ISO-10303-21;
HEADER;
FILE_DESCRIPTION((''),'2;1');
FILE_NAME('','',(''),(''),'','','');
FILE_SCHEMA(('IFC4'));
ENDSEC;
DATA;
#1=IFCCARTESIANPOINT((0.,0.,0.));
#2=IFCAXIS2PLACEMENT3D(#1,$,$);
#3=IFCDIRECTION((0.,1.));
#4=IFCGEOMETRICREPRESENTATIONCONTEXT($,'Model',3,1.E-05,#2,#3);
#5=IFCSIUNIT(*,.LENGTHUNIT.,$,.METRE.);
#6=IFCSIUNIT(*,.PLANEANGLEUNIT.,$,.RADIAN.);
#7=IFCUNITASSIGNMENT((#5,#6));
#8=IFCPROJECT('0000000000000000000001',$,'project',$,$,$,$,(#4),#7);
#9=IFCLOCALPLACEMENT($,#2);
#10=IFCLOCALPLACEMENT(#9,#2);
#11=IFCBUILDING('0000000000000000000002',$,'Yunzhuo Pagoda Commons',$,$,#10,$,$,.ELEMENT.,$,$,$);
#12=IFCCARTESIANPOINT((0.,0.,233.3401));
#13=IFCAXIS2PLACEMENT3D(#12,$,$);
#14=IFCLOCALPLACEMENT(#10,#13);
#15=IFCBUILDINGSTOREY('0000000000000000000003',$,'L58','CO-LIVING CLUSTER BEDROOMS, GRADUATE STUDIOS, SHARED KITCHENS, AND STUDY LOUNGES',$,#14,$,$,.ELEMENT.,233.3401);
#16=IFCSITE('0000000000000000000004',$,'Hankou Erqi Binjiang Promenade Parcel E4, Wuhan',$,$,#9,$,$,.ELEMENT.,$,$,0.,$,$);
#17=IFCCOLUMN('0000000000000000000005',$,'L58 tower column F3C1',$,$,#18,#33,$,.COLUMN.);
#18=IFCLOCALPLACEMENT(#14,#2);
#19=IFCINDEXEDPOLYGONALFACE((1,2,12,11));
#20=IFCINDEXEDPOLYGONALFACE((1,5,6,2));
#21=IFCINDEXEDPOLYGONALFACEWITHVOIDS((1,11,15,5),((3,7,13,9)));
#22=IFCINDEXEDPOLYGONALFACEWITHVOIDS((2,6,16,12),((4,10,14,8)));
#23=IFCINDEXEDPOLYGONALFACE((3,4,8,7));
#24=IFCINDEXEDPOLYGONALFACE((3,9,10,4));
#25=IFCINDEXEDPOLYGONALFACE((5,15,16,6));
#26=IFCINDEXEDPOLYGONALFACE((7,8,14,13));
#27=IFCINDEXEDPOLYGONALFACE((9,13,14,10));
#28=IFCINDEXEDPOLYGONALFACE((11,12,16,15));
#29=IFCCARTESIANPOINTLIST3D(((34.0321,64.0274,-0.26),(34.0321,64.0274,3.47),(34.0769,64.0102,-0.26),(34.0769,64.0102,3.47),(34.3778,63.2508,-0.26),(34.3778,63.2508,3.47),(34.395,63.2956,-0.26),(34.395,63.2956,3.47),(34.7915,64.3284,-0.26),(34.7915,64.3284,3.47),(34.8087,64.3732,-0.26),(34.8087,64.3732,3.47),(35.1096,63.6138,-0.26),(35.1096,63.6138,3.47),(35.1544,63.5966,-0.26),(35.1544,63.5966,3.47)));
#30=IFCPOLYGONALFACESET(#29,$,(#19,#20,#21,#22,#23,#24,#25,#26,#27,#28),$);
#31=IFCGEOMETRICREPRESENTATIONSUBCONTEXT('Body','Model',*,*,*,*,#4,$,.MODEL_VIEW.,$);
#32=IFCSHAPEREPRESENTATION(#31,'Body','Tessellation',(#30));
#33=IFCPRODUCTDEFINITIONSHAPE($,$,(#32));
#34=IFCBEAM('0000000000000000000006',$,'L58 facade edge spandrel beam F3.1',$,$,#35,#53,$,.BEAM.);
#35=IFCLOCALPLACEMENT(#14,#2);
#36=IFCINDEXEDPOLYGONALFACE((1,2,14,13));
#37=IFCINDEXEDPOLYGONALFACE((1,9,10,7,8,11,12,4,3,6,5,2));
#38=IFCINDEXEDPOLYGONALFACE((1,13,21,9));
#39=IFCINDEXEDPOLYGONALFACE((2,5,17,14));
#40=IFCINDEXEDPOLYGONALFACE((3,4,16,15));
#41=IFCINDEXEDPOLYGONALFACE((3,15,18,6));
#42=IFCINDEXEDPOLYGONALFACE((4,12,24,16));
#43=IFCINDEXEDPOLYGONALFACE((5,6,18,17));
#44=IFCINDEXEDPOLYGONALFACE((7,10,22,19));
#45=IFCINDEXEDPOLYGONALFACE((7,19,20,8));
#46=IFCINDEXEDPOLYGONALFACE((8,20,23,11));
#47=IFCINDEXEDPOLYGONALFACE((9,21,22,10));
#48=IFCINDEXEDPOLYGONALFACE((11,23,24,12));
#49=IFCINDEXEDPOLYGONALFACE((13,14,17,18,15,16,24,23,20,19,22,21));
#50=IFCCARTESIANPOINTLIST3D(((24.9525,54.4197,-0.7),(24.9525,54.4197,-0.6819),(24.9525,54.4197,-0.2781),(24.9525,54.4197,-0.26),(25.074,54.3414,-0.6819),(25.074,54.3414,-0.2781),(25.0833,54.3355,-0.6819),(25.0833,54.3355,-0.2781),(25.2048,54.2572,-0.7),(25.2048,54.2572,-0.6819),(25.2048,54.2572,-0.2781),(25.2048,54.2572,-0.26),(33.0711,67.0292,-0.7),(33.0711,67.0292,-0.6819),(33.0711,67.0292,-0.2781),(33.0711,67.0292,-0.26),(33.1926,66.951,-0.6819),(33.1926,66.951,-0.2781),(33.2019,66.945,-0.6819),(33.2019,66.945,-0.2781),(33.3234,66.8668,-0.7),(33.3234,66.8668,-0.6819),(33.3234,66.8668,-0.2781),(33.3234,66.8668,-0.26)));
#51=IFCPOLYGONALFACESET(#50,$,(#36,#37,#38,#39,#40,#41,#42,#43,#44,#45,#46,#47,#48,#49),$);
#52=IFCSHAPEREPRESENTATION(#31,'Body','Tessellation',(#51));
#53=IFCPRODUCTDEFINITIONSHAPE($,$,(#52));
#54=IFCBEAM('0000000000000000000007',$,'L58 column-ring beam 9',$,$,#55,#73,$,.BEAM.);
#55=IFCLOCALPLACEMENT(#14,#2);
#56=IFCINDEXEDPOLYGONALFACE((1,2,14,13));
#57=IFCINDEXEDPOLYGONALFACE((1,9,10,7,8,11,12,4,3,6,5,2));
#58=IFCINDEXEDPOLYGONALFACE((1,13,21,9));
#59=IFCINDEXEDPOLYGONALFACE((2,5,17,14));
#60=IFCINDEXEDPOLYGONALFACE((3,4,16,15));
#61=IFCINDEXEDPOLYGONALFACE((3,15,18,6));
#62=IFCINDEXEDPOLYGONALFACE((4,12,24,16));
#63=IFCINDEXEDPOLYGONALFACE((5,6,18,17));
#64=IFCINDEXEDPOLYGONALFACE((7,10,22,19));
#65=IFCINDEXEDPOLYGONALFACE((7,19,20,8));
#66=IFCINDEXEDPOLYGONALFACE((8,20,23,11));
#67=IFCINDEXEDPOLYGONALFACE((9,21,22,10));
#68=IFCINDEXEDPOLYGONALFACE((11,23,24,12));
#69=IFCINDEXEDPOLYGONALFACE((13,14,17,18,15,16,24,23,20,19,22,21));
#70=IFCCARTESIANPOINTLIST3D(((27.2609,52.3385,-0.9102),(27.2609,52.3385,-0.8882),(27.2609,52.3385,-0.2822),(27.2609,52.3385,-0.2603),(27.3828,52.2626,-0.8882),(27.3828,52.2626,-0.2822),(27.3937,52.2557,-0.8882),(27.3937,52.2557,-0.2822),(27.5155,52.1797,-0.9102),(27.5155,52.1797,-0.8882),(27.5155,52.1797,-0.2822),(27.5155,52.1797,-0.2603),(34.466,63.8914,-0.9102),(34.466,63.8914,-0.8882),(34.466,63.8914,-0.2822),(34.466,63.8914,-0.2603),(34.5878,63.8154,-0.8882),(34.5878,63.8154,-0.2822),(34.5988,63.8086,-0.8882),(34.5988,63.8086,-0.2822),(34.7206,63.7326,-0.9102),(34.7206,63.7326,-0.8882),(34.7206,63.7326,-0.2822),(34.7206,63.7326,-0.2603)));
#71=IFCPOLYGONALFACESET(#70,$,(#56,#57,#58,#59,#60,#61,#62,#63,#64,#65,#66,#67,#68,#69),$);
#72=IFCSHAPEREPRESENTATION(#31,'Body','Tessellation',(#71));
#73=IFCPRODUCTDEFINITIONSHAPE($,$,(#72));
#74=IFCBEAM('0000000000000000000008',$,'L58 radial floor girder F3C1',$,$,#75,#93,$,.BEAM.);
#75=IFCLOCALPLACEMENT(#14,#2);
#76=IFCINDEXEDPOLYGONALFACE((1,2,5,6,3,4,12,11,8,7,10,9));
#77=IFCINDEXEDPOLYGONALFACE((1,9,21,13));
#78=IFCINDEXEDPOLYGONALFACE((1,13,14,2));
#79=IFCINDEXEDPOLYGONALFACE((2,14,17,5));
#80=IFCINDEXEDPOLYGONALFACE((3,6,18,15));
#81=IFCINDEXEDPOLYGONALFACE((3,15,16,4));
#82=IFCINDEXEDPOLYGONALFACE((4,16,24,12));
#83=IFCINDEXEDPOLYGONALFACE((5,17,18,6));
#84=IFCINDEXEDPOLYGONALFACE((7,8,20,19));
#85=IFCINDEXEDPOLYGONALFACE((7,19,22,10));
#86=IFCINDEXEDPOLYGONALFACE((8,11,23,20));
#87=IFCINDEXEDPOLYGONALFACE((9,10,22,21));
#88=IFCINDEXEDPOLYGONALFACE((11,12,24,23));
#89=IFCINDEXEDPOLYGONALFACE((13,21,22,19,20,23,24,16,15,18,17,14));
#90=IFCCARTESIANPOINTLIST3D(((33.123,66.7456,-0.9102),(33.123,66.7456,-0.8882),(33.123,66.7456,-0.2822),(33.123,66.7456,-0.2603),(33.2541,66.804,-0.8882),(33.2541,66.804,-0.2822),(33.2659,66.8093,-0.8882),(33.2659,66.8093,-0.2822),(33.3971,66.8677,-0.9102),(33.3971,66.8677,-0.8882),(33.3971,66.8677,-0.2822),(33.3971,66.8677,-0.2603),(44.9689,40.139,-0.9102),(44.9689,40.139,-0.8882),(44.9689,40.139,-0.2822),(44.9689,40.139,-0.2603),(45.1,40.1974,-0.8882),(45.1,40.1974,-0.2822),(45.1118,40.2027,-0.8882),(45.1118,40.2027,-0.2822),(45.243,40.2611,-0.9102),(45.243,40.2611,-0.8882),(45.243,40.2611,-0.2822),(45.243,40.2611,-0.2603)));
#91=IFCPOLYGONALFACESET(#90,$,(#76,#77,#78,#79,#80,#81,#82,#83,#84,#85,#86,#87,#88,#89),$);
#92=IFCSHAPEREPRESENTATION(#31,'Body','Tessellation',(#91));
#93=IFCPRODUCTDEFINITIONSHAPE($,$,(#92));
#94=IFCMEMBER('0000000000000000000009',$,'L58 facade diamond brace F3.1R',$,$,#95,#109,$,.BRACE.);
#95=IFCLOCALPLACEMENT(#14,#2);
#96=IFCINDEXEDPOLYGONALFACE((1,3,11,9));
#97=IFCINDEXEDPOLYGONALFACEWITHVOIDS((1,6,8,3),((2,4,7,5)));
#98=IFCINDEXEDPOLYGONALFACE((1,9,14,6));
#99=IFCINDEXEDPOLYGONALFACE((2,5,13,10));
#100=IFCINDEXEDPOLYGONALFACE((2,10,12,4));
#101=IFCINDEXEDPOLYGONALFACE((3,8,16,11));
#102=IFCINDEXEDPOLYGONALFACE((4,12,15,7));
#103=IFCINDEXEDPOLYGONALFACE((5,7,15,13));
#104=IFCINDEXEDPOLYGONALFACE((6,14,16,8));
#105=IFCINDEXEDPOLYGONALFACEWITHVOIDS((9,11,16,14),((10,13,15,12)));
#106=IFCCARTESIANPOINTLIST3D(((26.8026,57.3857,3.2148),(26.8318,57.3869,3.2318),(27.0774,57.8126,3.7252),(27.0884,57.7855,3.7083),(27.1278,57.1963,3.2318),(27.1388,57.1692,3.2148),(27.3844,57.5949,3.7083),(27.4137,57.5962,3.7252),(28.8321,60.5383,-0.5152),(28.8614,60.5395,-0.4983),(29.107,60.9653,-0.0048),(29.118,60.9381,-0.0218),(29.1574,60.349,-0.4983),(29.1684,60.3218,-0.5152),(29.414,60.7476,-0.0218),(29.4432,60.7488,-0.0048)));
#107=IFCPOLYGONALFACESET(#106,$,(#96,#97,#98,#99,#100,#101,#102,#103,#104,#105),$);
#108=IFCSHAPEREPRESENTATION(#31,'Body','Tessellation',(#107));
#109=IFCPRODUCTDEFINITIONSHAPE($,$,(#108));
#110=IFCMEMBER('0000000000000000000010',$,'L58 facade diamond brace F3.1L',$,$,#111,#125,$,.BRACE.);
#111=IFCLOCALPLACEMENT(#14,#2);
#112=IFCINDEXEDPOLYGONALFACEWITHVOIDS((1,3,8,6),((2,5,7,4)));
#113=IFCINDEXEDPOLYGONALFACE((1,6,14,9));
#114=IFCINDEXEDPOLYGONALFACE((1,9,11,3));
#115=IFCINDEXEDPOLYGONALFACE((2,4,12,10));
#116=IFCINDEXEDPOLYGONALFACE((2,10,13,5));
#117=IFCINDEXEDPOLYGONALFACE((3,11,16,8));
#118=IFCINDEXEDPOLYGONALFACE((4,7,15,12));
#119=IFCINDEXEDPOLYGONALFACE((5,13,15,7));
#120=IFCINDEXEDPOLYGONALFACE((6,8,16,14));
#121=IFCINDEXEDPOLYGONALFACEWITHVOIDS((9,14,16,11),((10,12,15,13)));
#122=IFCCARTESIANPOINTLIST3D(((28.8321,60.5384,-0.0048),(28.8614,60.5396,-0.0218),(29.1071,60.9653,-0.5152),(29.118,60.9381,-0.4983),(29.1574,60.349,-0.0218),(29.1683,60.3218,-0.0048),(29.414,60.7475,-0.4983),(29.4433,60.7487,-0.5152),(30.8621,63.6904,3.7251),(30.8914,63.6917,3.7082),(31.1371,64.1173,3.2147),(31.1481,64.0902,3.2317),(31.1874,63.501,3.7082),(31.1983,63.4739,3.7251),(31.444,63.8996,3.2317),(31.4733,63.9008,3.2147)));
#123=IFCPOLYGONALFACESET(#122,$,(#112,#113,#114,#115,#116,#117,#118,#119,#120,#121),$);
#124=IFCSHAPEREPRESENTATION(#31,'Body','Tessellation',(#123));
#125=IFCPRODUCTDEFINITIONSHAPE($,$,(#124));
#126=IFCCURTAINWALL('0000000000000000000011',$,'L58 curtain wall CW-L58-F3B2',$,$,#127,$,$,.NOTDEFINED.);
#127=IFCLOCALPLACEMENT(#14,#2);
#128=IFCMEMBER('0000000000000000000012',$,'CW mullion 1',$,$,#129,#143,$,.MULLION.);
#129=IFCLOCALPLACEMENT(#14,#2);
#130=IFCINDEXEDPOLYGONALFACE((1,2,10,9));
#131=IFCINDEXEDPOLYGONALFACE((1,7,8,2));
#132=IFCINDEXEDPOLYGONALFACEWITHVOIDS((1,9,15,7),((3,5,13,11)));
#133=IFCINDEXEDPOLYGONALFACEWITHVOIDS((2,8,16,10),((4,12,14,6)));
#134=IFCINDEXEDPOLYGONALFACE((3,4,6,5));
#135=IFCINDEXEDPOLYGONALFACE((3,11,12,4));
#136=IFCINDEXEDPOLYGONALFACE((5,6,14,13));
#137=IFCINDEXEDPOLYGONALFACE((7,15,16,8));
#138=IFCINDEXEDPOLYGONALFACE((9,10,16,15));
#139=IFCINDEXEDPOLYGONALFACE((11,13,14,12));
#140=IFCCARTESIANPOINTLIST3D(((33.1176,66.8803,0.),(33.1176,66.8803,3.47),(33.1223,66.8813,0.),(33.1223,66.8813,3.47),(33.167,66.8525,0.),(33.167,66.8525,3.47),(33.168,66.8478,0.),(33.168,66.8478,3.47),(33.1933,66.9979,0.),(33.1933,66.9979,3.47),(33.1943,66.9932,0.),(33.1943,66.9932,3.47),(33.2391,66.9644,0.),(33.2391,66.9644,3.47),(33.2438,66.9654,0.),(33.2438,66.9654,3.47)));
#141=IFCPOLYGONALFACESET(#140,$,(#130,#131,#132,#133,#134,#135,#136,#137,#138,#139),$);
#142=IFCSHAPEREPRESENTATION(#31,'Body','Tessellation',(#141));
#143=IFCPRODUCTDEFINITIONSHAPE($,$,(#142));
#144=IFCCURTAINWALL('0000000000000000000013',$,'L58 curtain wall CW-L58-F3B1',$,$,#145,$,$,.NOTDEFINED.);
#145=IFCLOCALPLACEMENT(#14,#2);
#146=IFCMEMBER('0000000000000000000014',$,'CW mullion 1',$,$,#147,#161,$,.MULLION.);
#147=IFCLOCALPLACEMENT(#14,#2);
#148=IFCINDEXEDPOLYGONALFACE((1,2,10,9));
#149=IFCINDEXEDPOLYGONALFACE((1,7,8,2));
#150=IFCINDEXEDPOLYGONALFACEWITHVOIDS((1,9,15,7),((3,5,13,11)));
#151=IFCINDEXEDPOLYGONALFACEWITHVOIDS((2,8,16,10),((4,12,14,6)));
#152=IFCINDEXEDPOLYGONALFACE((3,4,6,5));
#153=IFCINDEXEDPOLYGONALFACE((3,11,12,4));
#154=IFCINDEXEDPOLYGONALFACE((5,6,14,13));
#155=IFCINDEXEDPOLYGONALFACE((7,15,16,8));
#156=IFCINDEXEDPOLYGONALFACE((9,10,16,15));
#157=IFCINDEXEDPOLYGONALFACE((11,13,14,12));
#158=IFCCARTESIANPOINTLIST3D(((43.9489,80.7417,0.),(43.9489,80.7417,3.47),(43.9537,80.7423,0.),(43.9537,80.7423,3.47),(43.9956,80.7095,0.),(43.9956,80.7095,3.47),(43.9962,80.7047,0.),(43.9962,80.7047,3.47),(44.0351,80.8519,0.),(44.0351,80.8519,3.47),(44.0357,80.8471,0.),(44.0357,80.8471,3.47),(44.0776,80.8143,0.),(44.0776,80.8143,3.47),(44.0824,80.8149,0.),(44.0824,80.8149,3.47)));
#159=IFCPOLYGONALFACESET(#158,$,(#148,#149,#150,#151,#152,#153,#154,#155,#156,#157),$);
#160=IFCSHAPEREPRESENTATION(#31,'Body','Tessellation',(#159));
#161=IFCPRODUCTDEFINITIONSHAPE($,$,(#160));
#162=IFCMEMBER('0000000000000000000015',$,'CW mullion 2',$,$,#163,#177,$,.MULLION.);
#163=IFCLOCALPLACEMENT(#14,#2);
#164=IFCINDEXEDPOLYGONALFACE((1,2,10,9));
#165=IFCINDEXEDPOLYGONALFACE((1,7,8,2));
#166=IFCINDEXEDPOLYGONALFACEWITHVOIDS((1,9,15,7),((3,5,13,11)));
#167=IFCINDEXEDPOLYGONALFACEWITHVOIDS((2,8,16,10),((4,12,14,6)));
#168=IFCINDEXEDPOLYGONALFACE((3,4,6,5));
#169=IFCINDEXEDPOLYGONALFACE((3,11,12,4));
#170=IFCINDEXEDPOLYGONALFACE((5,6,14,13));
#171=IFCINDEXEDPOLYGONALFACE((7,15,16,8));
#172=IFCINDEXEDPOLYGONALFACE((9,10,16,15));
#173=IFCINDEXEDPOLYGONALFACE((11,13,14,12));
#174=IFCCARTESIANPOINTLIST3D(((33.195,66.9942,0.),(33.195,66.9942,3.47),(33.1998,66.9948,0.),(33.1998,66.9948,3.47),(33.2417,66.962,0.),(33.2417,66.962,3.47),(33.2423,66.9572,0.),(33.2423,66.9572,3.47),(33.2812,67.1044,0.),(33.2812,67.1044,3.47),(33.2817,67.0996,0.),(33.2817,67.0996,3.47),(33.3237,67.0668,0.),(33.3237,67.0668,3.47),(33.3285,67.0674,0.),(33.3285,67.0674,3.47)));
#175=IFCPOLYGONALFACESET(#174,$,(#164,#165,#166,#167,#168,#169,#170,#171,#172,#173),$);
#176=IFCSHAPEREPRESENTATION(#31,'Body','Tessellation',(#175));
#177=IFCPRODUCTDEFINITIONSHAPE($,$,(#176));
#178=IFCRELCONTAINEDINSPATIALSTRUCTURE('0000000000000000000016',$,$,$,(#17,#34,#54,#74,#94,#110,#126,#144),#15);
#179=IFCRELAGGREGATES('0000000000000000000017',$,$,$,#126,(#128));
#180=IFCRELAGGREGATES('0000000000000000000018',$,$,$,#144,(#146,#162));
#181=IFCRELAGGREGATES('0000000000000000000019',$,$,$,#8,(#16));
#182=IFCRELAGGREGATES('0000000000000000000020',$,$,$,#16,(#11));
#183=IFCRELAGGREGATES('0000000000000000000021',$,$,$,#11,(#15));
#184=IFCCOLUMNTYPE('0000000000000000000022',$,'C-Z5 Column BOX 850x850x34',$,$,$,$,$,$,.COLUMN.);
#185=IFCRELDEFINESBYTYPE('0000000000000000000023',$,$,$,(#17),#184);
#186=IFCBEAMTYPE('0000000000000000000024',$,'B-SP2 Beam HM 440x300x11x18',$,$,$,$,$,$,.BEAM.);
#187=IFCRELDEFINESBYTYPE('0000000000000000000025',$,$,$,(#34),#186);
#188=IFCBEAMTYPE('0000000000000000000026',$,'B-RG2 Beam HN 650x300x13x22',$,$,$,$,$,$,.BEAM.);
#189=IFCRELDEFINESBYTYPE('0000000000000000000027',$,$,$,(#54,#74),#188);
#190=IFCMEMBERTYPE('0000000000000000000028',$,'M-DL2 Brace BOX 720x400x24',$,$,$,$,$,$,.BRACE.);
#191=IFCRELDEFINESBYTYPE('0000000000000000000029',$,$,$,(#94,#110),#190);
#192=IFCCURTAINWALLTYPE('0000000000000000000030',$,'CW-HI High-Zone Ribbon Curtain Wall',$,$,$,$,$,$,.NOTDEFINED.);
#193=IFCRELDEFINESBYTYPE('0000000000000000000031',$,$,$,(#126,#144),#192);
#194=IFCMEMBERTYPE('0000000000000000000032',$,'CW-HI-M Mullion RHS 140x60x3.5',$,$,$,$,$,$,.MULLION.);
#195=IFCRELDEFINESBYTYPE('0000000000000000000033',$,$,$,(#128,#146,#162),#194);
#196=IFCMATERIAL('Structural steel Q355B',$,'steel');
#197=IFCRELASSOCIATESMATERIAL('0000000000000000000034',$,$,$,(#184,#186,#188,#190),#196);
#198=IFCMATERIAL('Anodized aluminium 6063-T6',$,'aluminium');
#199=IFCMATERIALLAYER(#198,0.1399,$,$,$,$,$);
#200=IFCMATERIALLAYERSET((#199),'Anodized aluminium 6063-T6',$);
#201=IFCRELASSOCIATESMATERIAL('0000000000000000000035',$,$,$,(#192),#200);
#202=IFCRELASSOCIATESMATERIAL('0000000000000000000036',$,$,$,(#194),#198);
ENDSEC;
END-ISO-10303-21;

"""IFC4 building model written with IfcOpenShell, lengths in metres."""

from ifc_helpers import new_model, si_unit, direction, frame, origin, origin_2d, place, context, subcontext, project, spatial, hollow_rectangle, i_section, extrude, source, transform, mapped, material, layer, layer_set, material_profile, profile_set, type_object, element, aggregate, save


model = new_model("IFC4")

# Units and contexts
model_context = context("Model", 3, precision=1e-05, world=origin(), true_north=direction((0.0, 1.0)))
body_context = subcontext(model_context, "Body", "Model", "MODEL_VIEW")
ifc_project = project(units=[si_unit("LENGTHUNIT", "METRE"), si_unit("PLANEANGLEUNIT", "RADIAN")], contexts=[model_context])

# Site, building, storey
site_placement = place(None, origin())
site = spatial("IfcSite", under=ifc_project, at=site_placement, Name="Hankou Erqi Binjiang Promenade Parcel E4, Wuhan", CompositionType="ELEMENT", RefElevation=0.0)
building_placement = place(site_placement, origin())
building = spatial("IfcBuilding", under=site, at=building_placement, Name="Yunzhuo Pagoda Commons", CompositionType="ELEMENT")
storey_placement = place(building_placement, frame((0.0, 0.0, 233.3401)))
storey = spatial("IfcBuildingStorey", under=building, at=storey_placement, Name="L58", Description="CO-LIVING CLUSTER BEDROOMS, GRADUATE STUDIOS, SHARED KITCHENS, AND STUDY LOUNGES", CompositionType="ELEMENT", Elevation=233.3401)

# Column
ifc_material_1 = material(Name="Structural steel Q355B", Category="steel")
ifc_material_profile_1 = material_profile(ifc_material_1, hollow_rectangle(XDim=0.8501, YDim=0.8501, WallThickness=0.0339, at=origin_2d()), Name="Structural steel Q355B")
ifc_profile_set_1 = profile_set([ifc_material_profile_1], Name="Structural steel Q355B")
column_type = type_object("IfcColumnType", Name="C-Z5 Column BOX 850x850x34", PredefinedType="COLUMN", material=ifc_profile_set_1)
shared_shape_1 = source(origin(), body_context, "Body", "SweptSolid", [
    extrude(hollow_rectangle(XDim=0.8501, YDim=0.8501, WallThickness=0.0339, at=origin_2d()), origin(), (0.0, 0.0, 1.0), 3.73),
])
column_placement = place(storey_placement, frame((34.5933, 63.812, -0.26), z_axis=(0.0, 0.0, 1.0), x_axis=(-0.913545, -0.406737, 0.0)))
element("IfcColumn", 1, at=column_placement, inside=storey, type_object=column_type, Name="L58 tower column F3C1", PredefinedType="COLUMN", context=body_context, shape_type="MappedRepresentation", body=[
    mapped(shared_shape_1, transform((0.0, 0.0, 0.0), scale=1.0)),
])

# Beams
ifc_material_profile_2 = material_profile(ifc_material_1, i_section(OverallWidth=0.3, OverallDepth=0.4399, WebThickness=0.011, FlangeThickness=0.0181, at=origin_2d()), Name="Structural steel Q355B")
ifc_profile_set_2 = profile_set([ifc_material_profile_2], Name="Structural steel Q355B")
beam_type_1 = type_object("IfcBeamType", Name="B-SP2 Beam HM 440x300x11x18", PredefinedType="BEAM", material=ifc_profile_set_2)
shared_shape_2 = source(origin(), body_context, "Body", "SweptSolid", [
    extrude(i_section(OverallWidth=0.3, OverallDepth=0.4399, WebThickness=0.011, FlangeThickness=0.0181, at=origin_2d()), origin(), (0.0, 0.0, 1.0), 14.9971),
])
beam_1_placement = place(storey_placement, frame((33.1973, 66.948, -0.48), z_axis=(-0.541346, -0.8408, 0.0), x_axis=(0.8408, -0.541346, 0.0)))
element("IfcBeam", 2, at=beam_1_placement, inside=storey, type_object=beam_type_1, Name="L58 facade edge spandrel beam F3.1", PredefinedType="BEAM", context=body_context, shape_type="MappedRepresentation", body=[
    mapped(shared_shape_2, transform((0.0, 0.0, 0.0), scale=1.0)),
])
ifc_material_profile_3 = material_profile(ifc_material_1, i_section(OverallWidth=0.3, OverallDepth=0.6499, WebThickness=0.0129, FlangeThickness=0.022, at=origin_2d()), Name="Structural steel Q355B")
ifc_profile_set_3 = profile_set([ifc_material_profile_3], Name="Structural steel Q355B")
beam_type_2 = type_object("IfcBeamType", Name="B-RG2 Beam HN 650x300x13x22", PredefinedType="BEAM", material=ifc_profile_set_3)
shared_shape_3 = source(origin(), body_context, "Body", "SweptSolid", [
    extrude(i_section(OverallWidth=0.3, OverallDepth=0.6499, WebThickness=0.0129, FlangeThickness=0.022, at=origin_2d()), origin(), (0.0, 0.0, 1.0), 13.6155),
])
beam_2_placement = place(storey_placement, frame((34.5933, 63.812, -0.5852), z_axis=(-0.529178, -0.848511, 0.0), x_axis=(0.848511, -0.529178, 0.0)))
element("IfcBeam", 3, at=beam_2_placement, inside=storey, type_object=beam_type_2, Name="L58 column-ring beam 9", PredefinedType="BEAM", context=body_context, shape_type="MappedRepresentation", body=[
    mapped(shared_shape_3, transform((0.0, 0.0, 0.0), scale=1.0)),
])
shared_shape_4 = source(origin(), body_context, "Body", "SweptSolid", [
    extrude(i_section(OverallWidth=0.3, OverallDepth=0.6499, WebThickness=0.0129, FlangeThickness=0.022, at=origin_2d()), origin(), (0.0, 0.0, 1.0), 29.1245),
])
beam_3_placement = place(storey_placement, frame((33.26, 66.8066, -0.5852), z_axis=(0.406733, -0.913547, 0.0), x_axis=(0.913547, 0.406733, 0.0)))
element("IfcBeam", 4, at=beam_3_placement, inside=storey, type_object=beam_type_2, Name="L58 radial floor girder F3C1", PredefinedType="BEAM", context=body_context, shape_type="MappedRepresentation", body=[
    mapped(shared_shape_4, transform((0.0, 0.0, 0.0), scale=1.0)),
])

# Members
ifc_material_profile_4 = material_profile(ifc_material_1, hollow_rectangle(XDim=0.3999, YDim=0.72, WallThickness=0.0239, at=origin_2d()), Name="Structural steel Q355B")
ifc_profile_set_4 = profile_set([ifc_material_profile_4], Name="Structural steel Q355B")
member_type_1 = type_object("IfcMemberType", Name="M-DL2 Brace BOX 720x400x24", PredefinedType="BRACE", material=ifc_profile_set_4)
shared_shape_5 = source(origin(), body_context, "Body", "SweptSolid", [
    extrude(hollow_rectangle(XDim=0.3999, YDim=0.72, WallThickness=0.0239, at=origin_2d()), origin(), (0.0, 0.0, 1.0), 5.2888),
])
member_1_placement = place(storey_placement, frame((29.1377, 60.6436, -0.26), z_axis=(-0.383749, -0.596096, 0.70527), x_axis=(0.840829, -0.5413, 0.0)))
element("IfcMember", 5, at=member_1_placement, inside=storey, type_object=member_type_1, Name="L58 facade diamond brace F3.1R", PredefinedType="BRACE", context=body_context, shape_type="MappedRepresentation", body=[
    mapped(shared_shape_5, transform((0.0, 0.0, 0.0), scale=1.0)),
])
shared_shape_6 = source(origin(), body_context, "Body", "SweptSolid", [
    extrude(hollow_rectangle(XDim=0.3999, YDim=0.72, WallThickness=0.0239, at=origin_2d()), origin(), (0.0, 0.0, 1.0), 5.2886),
])
member_2_placement = place(storey_placement, frame((29.1377, 60.6436, -0.26), z_axis=(0.383849, 0.596015, 0.705284), x_axis=(-0.840732, 0.541452, 0.0)))
element("IfcMember", 6, at=member_2_placement, inside=storey, type_object=member_type_1, Name="L58 facade diamond brace F3.1L", PredefinedType="BRACE", context=body_context, shape_type="MappedRepresentation", body=[
    mapped(shared_shape_6, transform((0.0, 0.0, 0.0), scale=1.0)),
])

# Curtain wall, member
ifc_material_2 = material(Name="Anodized aluminium 6063-T6", Category="aluminium")
ifc_layer_1 = layer(ifc_material_2, 0.1399)
ifc_layer_set_1 = layer_set([ifc_layer_1], Name="Anodized aluminium 6063-T6")
curtain_wall_type = type_object("IfcCurtainWallType", Name="CW-HI High-Zone Ribbon Curtain Wall", PredefinedType="NOTDEFINED", material=ifc_layer_set_1)
curtain_wall_1_placement = place(storey_placement, origin())
curtain_wall_1 = element("IfcCurtainWall", 7, at=curtain_wall_1_placement, inside=storey, type_object=curtain_wall_type, Name="L58 curtain wall CW-L58-F3B2", PredefinedType="NOTDEFINED")
ifc_material_profile_5 = material_profile(ifc_material_2, hollow_rectangle(XDim=0.0601, YDim=0.1399, WallThickness=0.0034, at=origin_2d()), Name="Anodized aluminium 6063-T6")
ifc_profile_set_5 = profile_set([ifc_material_profile_5], Name="Anodized aluminium 6063-T6")
member_type_2 = type_object("IfcMemberType", Name="CW-HI-M Mullion RHS 140x60x3.5", PredefinedType="MULLION", material=ifc_profile_set_5)
shared_shape_7 = source(origin(), body_context, "Body", "SweptSolid", [
    extrude(hollow_rectangle(XDim=0.0601, YDim=0.1399, WallThickness=0.0034, at=origin_2d()), origin(), (0.0, 0.0, 1.0), 3.47),
])
member_3_placement = place(storey_placement, frame((33.1807, 66.9229, 0.0), z_axis=(0.0, 0.0, 1.0), x_axis=(0.840807, -0.541334, 0.0)))
member_3 = element("IfcMember", 8, at=member_3_placement, type_object=member_type_2, Name="CW mullion 1", PredefinedType="MULLION", context=body_context, shape_type="MappedRepresentation", body=[
    mapped(shared_shape_7, transform((0.0, 0.0, 0.0), scale=1.0)),
])

# Curtain wall, members
curtain_wall_2_placement = place(storey_placement, origin())
curtain_wall_2 = element("IfcCurtainWall", 9, at=curtain_wall_2_placement, inside=storey, type_object=curtain_wall_type, Name="L58 curtain wall CW-L58-F3B1", PredefinedType="NOTDEFINED")
member_4_placement = place(storey_placement, frame((44.0156, 80.7783, 0.0), z_axis=(0.0, 0.0, 1.0), x_axis=(0.787639, -0.616136, 0.0)))
member_4 = element("IfcMember", 10, at=member_4_placement, type_object=member_type_2, Name="CW mullion 1", PredefinedType="MULLION", context=body_context, shape_type="MappedRepresentation", body=[
    mapped(shared_shape_7, transform((0.0, 0.0, 0.0), scale=1.0)),
])
member_5_placement = place(storey_placement, frame((33.2617, 67.0308, 0.0), z_axis=(0.0, 0.0, 1.0), x_axis=(0.787639, -0.616136, 0.0)))
member_5 = element("IfcMember", 11, at=member_5_placement, type_object=member_type_2, Name="CW mullion 2", PredefinedType="MULLION", context=body_context, shape_type="MappedRepresentation", body=[
    mapped(shared_shape_7, transform((0.0, 0.0, 0.0), scale=1.0)),
])

aggregate(curtain_wall_1, [member_3])

aggregate(curtain_wall_2, [member_4, member_5])

save(model, "model.ifc")
